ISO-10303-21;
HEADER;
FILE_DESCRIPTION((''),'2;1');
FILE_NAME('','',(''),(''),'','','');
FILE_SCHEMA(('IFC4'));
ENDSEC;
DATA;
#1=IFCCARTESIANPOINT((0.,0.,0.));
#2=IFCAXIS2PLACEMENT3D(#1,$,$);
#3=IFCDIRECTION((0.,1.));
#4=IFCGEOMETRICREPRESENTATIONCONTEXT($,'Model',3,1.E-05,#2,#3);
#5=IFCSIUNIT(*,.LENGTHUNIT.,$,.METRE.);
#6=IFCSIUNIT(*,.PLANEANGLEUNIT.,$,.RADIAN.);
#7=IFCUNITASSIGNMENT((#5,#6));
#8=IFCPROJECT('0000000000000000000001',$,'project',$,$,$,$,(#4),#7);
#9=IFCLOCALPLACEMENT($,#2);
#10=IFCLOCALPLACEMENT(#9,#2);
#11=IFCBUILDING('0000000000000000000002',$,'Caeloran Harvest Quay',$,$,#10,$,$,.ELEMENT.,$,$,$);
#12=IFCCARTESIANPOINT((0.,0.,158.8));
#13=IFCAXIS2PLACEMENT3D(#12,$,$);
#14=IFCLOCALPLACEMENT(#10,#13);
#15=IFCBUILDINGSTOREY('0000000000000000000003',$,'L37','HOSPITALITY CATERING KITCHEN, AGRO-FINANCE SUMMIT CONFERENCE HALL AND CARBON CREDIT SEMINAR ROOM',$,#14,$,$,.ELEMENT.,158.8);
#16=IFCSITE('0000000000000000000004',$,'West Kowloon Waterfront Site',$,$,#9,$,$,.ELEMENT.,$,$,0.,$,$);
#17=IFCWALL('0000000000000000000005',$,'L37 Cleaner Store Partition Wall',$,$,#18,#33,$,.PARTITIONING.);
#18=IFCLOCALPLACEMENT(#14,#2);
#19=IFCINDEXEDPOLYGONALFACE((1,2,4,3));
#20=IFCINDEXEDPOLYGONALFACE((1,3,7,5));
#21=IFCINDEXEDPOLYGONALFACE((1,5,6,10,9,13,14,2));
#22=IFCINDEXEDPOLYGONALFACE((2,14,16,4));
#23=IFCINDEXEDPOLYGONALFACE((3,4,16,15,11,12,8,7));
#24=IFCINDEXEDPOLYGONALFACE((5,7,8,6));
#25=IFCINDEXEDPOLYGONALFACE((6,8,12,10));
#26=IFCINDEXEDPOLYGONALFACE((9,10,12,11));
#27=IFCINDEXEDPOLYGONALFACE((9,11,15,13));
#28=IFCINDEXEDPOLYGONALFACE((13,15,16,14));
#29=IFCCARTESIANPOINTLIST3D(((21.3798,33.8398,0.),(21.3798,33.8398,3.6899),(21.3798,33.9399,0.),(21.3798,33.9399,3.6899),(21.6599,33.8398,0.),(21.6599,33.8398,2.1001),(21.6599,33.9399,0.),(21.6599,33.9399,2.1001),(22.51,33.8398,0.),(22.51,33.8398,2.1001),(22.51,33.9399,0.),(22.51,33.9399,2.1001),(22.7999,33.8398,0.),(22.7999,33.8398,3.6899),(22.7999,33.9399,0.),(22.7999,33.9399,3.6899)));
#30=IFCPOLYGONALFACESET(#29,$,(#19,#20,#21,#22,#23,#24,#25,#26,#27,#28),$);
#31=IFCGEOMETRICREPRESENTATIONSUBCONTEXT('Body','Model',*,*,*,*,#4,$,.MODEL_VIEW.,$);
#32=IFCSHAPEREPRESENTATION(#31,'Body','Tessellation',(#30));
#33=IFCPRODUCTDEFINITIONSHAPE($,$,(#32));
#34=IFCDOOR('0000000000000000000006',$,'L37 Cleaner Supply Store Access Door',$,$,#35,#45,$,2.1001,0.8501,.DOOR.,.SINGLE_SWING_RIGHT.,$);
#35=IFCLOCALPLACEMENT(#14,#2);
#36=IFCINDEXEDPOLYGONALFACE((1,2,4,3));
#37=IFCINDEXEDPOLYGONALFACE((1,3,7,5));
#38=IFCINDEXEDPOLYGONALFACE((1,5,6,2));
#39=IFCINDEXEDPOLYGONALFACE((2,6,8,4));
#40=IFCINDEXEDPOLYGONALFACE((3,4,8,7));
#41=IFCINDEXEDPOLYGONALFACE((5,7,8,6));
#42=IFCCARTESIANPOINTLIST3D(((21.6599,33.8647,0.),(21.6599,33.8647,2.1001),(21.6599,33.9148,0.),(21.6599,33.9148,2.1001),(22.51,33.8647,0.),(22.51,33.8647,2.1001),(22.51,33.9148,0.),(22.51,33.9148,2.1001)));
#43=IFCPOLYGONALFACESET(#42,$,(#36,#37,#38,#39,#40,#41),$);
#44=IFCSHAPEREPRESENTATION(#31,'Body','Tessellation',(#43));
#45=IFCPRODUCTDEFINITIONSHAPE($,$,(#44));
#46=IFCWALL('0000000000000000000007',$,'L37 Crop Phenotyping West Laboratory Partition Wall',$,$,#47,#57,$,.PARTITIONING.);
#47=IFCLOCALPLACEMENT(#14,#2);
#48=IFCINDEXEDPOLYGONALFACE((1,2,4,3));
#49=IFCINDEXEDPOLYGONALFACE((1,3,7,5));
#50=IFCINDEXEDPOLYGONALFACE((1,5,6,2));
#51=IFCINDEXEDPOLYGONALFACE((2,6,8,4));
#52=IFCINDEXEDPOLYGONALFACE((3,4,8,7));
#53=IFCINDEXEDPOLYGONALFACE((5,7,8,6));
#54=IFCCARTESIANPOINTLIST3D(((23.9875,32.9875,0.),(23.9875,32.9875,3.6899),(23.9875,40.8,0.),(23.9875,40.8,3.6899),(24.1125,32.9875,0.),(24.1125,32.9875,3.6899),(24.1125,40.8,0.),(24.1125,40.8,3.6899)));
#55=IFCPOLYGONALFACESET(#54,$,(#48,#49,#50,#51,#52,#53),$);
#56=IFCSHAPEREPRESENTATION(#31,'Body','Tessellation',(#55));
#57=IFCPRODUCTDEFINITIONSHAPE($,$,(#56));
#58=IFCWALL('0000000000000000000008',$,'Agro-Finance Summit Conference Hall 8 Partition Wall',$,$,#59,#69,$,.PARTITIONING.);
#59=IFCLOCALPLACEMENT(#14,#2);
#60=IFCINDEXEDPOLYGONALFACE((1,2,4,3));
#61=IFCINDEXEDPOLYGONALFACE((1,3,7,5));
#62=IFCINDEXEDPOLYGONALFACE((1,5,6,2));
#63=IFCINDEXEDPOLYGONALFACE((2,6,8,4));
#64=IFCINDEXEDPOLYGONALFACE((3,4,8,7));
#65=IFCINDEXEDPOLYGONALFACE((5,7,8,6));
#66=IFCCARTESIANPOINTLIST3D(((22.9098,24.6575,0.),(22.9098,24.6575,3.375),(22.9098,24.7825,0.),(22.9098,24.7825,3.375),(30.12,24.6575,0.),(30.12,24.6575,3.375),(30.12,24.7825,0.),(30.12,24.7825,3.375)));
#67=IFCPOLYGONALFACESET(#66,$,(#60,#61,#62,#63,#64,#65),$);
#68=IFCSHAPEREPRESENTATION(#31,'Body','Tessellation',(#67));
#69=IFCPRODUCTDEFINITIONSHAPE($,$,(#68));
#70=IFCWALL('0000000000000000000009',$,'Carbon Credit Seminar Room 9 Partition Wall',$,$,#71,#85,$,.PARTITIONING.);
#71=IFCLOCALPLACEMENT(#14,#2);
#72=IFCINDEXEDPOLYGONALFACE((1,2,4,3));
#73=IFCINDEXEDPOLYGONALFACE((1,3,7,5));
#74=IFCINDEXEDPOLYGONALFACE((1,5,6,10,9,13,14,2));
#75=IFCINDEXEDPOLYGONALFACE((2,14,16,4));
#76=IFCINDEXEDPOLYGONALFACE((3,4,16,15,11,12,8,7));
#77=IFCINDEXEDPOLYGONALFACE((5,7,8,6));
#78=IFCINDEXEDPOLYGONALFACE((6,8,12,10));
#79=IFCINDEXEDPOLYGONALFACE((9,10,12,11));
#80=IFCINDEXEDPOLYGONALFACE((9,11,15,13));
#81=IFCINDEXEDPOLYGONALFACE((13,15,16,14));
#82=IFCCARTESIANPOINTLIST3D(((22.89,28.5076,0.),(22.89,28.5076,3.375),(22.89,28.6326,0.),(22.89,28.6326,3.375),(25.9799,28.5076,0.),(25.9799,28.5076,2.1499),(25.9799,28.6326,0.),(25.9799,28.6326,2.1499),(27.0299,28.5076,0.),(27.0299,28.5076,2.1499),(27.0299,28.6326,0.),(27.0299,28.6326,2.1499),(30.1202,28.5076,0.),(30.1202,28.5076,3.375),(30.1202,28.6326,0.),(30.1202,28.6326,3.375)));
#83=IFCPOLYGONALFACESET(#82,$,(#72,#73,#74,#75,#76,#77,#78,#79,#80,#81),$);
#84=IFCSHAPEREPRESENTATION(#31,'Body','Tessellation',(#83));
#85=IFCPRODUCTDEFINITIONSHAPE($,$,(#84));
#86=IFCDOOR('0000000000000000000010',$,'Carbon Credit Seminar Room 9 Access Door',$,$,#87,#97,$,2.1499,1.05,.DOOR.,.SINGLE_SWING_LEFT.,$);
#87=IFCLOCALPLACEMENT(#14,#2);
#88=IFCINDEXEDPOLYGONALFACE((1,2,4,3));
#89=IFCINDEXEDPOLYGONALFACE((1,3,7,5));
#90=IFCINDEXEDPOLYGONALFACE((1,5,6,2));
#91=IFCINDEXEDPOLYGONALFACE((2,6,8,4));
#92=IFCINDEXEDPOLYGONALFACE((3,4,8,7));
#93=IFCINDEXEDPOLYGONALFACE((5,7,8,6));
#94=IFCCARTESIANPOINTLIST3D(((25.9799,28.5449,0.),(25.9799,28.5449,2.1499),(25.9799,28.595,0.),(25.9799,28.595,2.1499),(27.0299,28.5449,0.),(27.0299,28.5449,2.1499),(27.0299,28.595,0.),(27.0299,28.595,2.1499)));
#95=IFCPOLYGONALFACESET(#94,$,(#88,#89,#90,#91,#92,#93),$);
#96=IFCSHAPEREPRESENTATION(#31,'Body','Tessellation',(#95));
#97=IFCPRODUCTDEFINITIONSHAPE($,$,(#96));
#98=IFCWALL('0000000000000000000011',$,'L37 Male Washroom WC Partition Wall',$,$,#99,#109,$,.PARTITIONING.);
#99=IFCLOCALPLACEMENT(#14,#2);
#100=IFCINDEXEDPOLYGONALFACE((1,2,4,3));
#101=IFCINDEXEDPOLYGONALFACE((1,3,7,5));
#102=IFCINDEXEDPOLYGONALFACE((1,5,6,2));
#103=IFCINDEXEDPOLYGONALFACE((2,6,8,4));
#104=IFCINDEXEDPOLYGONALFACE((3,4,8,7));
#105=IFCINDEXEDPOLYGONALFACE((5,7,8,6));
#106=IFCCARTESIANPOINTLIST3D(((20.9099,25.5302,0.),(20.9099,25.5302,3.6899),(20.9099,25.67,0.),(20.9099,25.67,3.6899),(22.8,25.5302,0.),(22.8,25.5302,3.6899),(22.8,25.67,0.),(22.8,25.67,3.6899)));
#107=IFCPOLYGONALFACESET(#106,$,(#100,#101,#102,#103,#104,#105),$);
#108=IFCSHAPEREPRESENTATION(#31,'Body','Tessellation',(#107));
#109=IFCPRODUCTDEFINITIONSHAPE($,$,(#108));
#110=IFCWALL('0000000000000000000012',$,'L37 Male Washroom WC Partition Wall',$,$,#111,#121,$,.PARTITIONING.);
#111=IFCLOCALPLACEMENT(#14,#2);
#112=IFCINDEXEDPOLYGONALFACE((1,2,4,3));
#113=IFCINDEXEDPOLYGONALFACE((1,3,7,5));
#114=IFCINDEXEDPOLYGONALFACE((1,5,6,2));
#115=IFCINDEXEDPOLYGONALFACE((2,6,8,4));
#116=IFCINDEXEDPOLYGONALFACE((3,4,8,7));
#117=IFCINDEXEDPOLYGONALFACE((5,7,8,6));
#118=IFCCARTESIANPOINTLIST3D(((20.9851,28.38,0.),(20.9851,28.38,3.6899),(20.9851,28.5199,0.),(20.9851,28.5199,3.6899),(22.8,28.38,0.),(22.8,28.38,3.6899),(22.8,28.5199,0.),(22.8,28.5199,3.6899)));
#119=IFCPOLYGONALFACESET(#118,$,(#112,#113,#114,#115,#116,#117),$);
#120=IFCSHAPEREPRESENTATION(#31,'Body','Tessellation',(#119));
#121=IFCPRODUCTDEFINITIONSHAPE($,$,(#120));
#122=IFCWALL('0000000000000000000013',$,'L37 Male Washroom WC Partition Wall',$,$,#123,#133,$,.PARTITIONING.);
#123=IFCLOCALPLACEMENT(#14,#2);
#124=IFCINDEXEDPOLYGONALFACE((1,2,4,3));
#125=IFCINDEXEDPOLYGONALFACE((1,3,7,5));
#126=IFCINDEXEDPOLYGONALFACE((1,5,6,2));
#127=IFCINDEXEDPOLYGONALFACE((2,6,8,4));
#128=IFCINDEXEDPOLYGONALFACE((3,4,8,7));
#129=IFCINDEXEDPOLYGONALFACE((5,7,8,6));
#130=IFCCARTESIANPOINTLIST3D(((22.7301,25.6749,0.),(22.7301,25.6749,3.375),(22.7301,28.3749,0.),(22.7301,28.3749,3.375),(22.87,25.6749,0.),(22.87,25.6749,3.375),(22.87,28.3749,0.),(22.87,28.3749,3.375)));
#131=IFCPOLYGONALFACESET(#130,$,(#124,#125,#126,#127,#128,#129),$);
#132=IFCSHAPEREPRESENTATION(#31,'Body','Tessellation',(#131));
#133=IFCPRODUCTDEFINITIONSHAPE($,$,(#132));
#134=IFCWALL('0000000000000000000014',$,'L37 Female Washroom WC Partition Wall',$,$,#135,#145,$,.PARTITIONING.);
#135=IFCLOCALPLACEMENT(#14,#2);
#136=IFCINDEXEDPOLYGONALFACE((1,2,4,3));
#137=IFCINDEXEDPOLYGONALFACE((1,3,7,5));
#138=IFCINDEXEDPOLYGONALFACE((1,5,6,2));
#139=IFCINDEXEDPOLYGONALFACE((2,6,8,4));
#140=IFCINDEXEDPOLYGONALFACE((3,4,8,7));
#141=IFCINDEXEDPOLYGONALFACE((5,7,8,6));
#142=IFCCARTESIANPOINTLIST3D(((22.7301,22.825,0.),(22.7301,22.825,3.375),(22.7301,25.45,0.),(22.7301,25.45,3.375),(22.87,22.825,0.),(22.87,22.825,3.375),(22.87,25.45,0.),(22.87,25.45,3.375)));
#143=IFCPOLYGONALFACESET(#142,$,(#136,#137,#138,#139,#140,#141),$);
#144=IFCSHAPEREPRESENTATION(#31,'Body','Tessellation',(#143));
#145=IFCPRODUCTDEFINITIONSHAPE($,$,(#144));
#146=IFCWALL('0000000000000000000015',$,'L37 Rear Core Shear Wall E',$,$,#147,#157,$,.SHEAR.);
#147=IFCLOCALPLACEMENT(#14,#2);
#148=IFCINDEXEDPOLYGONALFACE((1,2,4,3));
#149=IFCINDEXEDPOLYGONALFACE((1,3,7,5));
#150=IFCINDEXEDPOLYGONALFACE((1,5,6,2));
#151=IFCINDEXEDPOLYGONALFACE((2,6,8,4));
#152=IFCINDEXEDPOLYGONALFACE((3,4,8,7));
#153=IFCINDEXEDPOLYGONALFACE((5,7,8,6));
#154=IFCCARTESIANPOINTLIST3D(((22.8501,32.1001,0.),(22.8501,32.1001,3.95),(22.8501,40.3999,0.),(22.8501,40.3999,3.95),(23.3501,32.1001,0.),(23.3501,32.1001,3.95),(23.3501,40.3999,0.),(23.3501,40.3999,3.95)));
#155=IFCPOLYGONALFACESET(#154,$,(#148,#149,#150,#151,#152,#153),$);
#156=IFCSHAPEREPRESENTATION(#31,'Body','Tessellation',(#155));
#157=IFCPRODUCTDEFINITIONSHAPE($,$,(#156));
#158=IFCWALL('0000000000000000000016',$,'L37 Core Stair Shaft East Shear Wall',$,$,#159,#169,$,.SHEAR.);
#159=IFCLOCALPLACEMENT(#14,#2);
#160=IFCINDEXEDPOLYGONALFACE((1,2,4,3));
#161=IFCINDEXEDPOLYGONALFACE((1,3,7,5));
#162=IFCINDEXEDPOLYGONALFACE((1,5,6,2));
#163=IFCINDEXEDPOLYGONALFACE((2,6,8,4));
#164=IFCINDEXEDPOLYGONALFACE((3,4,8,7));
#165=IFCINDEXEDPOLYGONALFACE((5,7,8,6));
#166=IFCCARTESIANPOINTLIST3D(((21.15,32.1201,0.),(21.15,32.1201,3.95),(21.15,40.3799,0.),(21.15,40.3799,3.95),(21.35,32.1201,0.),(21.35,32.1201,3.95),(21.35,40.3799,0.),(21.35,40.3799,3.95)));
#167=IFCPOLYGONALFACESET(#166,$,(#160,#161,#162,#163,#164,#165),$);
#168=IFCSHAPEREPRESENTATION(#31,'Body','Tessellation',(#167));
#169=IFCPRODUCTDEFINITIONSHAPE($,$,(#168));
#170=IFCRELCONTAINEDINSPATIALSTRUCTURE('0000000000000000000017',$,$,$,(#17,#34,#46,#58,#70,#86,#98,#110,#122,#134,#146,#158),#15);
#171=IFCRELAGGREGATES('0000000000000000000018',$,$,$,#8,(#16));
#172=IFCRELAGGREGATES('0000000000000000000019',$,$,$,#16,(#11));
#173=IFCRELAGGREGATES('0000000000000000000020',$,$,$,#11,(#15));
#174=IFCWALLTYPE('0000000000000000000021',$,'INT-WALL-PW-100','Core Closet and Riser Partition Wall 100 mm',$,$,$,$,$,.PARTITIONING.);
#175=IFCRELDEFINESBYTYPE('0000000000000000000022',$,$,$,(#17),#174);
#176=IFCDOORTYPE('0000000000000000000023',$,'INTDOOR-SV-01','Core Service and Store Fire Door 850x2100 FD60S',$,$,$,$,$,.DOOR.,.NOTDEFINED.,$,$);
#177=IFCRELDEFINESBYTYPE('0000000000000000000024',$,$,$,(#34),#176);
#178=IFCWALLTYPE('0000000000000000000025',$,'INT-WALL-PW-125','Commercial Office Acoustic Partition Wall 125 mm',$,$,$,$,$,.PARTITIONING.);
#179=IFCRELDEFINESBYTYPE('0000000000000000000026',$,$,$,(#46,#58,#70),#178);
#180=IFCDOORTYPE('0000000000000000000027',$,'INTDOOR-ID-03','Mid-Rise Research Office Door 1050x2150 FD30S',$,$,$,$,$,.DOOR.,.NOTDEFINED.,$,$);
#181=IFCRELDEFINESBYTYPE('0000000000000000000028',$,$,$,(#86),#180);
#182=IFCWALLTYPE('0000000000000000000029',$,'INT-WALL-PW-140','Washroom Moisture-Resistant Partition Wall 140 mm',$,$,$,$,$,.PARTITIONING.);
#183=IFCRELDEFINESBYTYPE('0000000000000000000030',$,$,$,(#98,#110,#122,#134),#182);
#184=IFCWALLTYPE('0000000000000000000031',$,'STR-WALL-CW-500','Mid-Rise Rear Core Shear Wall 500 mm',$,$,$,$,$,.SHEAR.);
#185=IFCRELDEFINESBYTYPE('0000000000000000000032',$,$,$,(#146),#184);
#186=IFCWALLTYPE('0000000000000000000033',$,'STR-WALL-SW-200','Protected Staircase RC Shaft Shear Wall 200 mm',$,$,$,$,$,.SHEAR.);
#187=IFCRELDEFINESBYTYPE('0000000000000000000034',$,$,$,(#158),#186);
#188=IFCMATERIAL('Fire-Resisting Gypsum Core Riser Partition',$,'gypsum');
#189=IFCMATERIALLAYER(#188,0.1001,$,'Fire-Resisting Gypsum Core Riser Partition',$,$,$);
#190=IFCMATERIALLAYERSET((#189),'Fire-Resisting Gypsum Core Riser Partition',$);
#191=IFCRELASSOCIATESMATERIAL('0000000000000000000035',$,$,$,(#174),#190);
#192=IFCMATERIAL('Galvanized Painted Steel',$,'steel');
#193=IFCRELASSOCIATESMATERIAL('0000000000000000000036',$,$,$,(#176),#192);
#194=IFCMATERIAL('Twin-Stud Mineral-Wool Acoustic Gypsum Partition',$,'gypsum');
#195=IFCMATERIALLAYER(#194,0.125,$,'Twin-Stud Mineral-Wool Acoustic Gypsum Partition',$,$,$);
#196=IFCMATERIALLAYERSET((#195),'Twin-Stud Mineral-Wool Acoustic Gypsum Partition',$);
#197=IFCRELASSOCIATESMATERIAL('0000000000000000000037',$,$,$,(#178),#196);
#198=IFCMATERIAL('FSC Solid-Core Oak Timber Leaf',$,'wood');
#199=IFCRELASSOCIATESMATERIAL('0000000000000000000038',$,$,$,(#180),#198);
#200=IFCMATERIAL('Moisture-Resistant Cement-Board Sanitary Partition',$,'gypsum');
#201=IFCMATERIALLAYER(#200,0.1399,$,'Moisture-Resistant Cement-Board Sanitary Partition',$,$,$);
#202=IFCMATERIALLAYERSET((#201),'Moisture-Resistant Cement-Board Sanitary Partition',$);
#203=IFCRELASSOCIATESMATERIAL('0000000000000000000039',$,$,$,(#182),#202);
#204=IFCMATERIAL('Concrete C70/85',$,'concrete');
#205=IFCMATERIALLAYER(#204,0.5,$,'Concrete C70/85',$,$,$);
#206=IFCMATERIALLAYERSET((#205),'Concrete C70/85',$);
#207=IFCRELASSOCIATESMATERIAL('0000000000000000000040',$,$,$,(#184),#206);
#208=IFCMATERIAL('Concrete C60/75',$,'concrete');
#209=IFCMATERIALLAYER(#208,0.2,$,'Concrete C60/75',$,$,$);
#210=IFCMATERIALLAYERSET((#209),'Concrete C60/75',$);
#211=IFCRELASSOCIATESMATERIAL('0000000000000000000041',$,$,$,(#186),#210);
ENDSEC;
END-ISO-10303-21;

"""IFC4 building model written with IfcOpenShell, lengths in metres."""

from ifc_helpers import new_model, si_unit, direction, frame, frame_2d, origin, place, context, subcontext, project, spatial, rectangle, extrude, material, layer, layer_set, type_object, element, fill, save


model = new_model("IFC4")

# Units and contexts
model_context = context("Model", 3, precision=1e-05, world=origin(), true_north=direction((0.0, 1.0)))
body_context = subcontext(model_context, "Body", "Model", "MODEL_VIEW")
ifc_project = project(units=[si_unit("LENGTHUNIT", "METRE"), si_unit("PLANEANGLEUNIT", "RADIAN")], contexts=[model_context])

# Site, building, storey
site_placement = place(None, origin())
site = spatial("IfcSite", under=ifc_project, at=site_placement, Name="West Kowloon Waterfront Site", CompositionType="ELEMENT", RefElevation=0.0)
building_placement = place(site_placement, origin())
building = spatial("IfcBuilding", under=site, at=building_placement, Name="Caeloran Harvest Quay", CompositionType="ELEMENT")
storey_placement = place(building_placement, frame((0.0, 0.0, 158.8)))
storey = spatial("IfcBuildingStorey", under=building, at=storey_placement, Name="L37", Description="HOSPITALITY CATERING KITCHEN, AGRO-FINANCE SUMMIT CONFERENCE HALL AND CARBON CREDIT SEMINAR ROOM", CompositionType="ELEMENT", Elevation=158.8)

# Wall, opening, door
ifc_material_1 = material(Name="Fire-Resisting Gypsum Core Riser Partition", Category="gypsum")
ifc_layer_1 = layer(ifc_material_1, 0.1001, Name="Fire-Resisting Gypsum Core Riser Partition")
ifc_layer_set_1 = layer_set([ifc_layer_1], Name="Fire-Resisting Gypsum Core Riser Partition")
wall_type_1 = type_object("IfcWallType", Name="INT-WALL-PW-100", Description="Core Closet and Riser Partition Wall 100 mm", PredefinedType="PARTITIONING", material=ifc_layer_set_1)
wall_1_placement = place(storey_placement, frame((21.3799, 33.8899, 0.0), z_axis=(0.0, 0.0, 1.0), x_axis=(1.0, 0.0, 0.0)))
wall_1 = element("IfcWall", 1, at=wall_1_placement, inside=storey, type_object=wall_type_1, Name="L37 Cleaner Store Partition Wall", PredefinedType="PARTITIONING", context=body_context, shape_type="SweptSolid", body=[
    extrude(rectangle(XDim=1.4202, YDim=0.1001, at=frame_2d((0.71, 0.0))), origin(), (0.0, 0.0, 1.0), 3.6899),
])
opening_1_placement = place(wall_1_placement, frame((0.28, 0.0, 0.0)))
opening_1 = element("IfcOpeningElement", 2, at=opening_1_placement, cuts=wall_1, PredefinedType="OPENING", context=body_context, shape_type="SweptSolid", body=[
    extrude(rectangle(XDim=0.8501, YDim=2.1001, at=frame_2d((0.425, 1.05))), frame((0.0, 0.0601, 0.0), z_axis=(0.0, -1.0, 0.0), x_axis=(1.0, 0.0, 0.0)), (0.0, 0.0, 1.0), 0.1201),
])
ifc_material_2 = material(Name="Galvanized Painted Steel", Category="steel")
door_type_1 = type_object("IfcDoorType", Name="INTDOOR-SV-01", Description="Core Service and Store Fire Door 850x2100 FD60S", OperationType="NOTDEFINED", PredefinedType="DOOR", material=ifc_material_2)
door_1_placement = place(opening_1_placement, origin())
door_1 = element("IfcDoor", 3, at=door_1_placement, inside=storey, type_object=door_type_1, Name="L37 Cleaner Supply Store Access Door", OperationType="SINGLE_SWING_RIGHT", OverallHeight=2.1001, OverallWidth=0.8501, PredefinedType="DOOR", context=body_context, shape_type="SweptSolid", body=[
    extrude(rectangle(XDim=0.8501, YDim=2.1001, at=frame_2d((0.425, 1.05))), frame((0.0, 0.0249, 0.0), z_axis=(0.0, -1.0, 0.0), x_axis=(1.0, 0.0, 0.0)), (0.0, 0.0, 1.0), 0.05),
])
fill(opening_1, door_1)

# Walls
ifc_material_3 = material(Name="Twin-Stud Mineral-Wool Acoustic Gypsum Partition", Category="gypsum")
ifc_layer_2 = layer(ifc_material_3, 0.125, Name="Twin-Stud Mineral-Wool Acoustic Gypsum Partition")
ifc_layer_set_2 = layer_set([ifc_layer_2], Name="Twin-Stud Mineral-Wool Acoustic Gypsum Partition")
wall_type_2 = type_object("IfcWallType", Name="INT-WALL-PW-125", Description="Commercial Office Acoustic Partition Wall 125 mm", PredefinedType="PARTITIONING", material=ifc_layer_set_2)
wall_2_placement = place(storey_placement, frame((24.05, 32.9875, 0.0), z_axis=(0.0, 0.0, 1.0), x_axis=(0.0, 1.0, 0.0)))
element("IfcWall", 4, at=wall_2_placement, inside=storey, type_object=wall_type_2, Name="L37 Crop Phenotyping West Laboratory Partition Wall", PredefinedType="PARTITIONING", context=body_context, shape_type="SweptSolid", body=[
    extrude(rectangle(XDim=7.8125, YDim=0.125, at=frame_2d((3.9062, 0.0))), origin(), (0.0, 0.0, 1.0), 3.6899),
])
wall_3_placement = place(storey_placement, frame((22.9099, 24.72, 0.0), z_axis=(0.0, 0.0, 1.0), x_axis=(1.0, 0.0, 0.0)))
element("IfcWall", 5, at=wall_3_placement, inside=storey, type_object=wall_type_2, Name="Agro-Finance Summit Conference Hall 8 Partition Wall", PredefinedType="PARTITIONING", context=body_context, shape_type="SweptSolid", body=[
    extrude(rectangle(XDim=7.2102, YDim=0.125, at=frame_2d((3.605, 0.0))), origin(), (0.0, 0.0, 1.0), 3.375),
])

# Wall, opening, door
wall_4_placement = place(storey_placement, frame((22.8899, 28.5701, 0.0), z_axis=(0.0, 0.0, 1.0), x_axis=(1.0, 0.0, 0.0)))
wall_4 = element("IfcWall", 6, at=wall_4_placement, inside=storey, type_object=wall_type_2, Name="Carbon Credit Seminar Room 9 Partition Wall", PredefinedType="PARTITIONING", context=body_context, shape_type="SweptSolid", body=[
    extrude(rectangle(XDim=7.2302, YDim=0.125, at=frame_2d((3.6152, 0.0))), origin(), (0.0, 0.0, 1.0), 3.375),
])
opening_2_placement = place(wall_4_placement, frame((3.0901, 0.0, 0.0)))
opening_2 = element("IfcOpeningElement", 7, at=opening_2_placement, cuts=wall_4, PredefinedType="OPENING", context=body_context, shape_type="SweptSolid", body=[
    extrude(rectangle(XDim=1.05, YDim=2.1499, at=frame_2d((0.5249, 1.075))), frame((0.0, 0.0725, 0.0), z_axis=(0.0, -1.0, 0.0), x_axis=(1.0, 0.0, 0.0)), (0.0, 0.0, 1.0), 0.145),
])
ifc_material_4 = material(Name="FSC Solid-Core Oak Timber Leaf", Category="wood")
door_type_2 = type_object("IfcDoorType", Name="INTDOOR-ID-03", Description="Mid-Rise Research Office Door 1050x2150 FD30S", OperationType="NOTDEFINED", PredefinedType="DOOR", material=ifc_material_4)
door_2_placement = place(opening_2_placement, origin())
door_2 = element("IfcDoor", 8, at=door_2_placement, inside=storey, type_object=door_type_2, Name="Carbon Credit Seminar Room 9 Access Door", OperationType="SINGLE_SWING_LEFT", OverallHeight=2.1499, OverallWidth=1.05, PredefinedType="DOOR", context=body_context, shape_type="SweptSolid", body=[
    extrude(rectangle(XDim=1.05, YDim=2.1499, at=frame_2d((0.5249, 1.075))), frame((0.0, 0.0249, 0.0), z_axis=(0.0, -1.0, 0.0), x_axis=(1.0, 0.0, 0.0)), (0.0, 0.0, 1.0), 0.05),
])
fill(opening_2, door_2)

# Wall
ifc_material_5 = material(Name="Moisture-Resistant Cement-Board Sanitary Partition", Category="gypsum")
ifc_layer_3 = layer(ifc_material_5, 0.1399, Name="Moisture-Resistant Cement-Board Sanitary Partition")
ifc_layer_set_3 = layer_set([ifc_layer_3], Name="Moisture-Resistant Cement-Board Sanitary Partition")
wall_type_3 = type_object("IfcWallType", Name="INT-WALL-PW-140", Description="Washroom Moisture-Resistant Partition Wall 140 mm", PredefinedType="PARTITIONING", material=ifc_layer_set_3)
wall_5_placement = place(storey_placement, frame((22.8, 25.6001, 0.0), z_axis=(0.0, 0.0, 1.0), x_axis=(-1.0, 0.0, 0.0)))
element("IfcWall", 9, at=wall_5_placement, inside=storey, type_object=wall_type_3, Name="L37 Male Washroom WC Partition Wall", PredefinedType="PARTITIONING", context=body_context, shape_type="SweptSolid", body=[
    extrude(rectangle(XDim=1.8901, YDim=0.1399, at=frame_2d((0.9451, 0.0))), origin(), (0.0, 0.0, 1.0), 3.6899),
])

# Walls
wall_6_placement = place(storey_placement, frame((20.9851, 28.45, 0.0), z_axis=(0.0, 0.0, 1.0), x_axis=(1.0, 0.0, 0.0)))
element("IfcWall", 10, at=wall_6_placement, inside=storey, type_object=wall_type_3, Name="L37 Male Washroom WC Partition Wall", PredefinedType="PARTITIONING", context=body_context, shape_type="SweptSolid", body=[
    extrude(rectangle(XDim=1.8149, YDim=0.1399, at=frame_2d((0.9075, 0.0))), origin(), (0.0, 0.0, 1.0), 3.6899),
])
wall_7_placement = place(storey_placement, frame((22.8, 28.375, 0.0), z_axis=(0.0, 0.0, 1.0), x_axis=(0.0, -1.0, 0.0)))
element("IfcWall", 11, at=wall_7_placement, inside=storey, type_object=wall_type_3, Name="L37 Male Washroom WC Partition Wall", PredefinedType="PARTITIONING", context=body_context, shape_type="SweptSolid", body=[
    extrude(rectangle(XDim=2.7, YDim=0.1399, at=frame_2d((1.3501, 0.0))), origin(), (0.0, 0.0, 1.0), 3.375),
])

# Walls
wall_8_placement = place(storey_placement, frame((22.8, 25.45, 0.0), z_axis=(0.0, 0.0, 1.0), x_axis=(0.0, -1.0, 0.0)))
element("IfcWall", 12, at=wall_8_placement, inside=storey, type_object=wall_type_3, Name="L37 Female Washroom WC Partition Wall", PredefinedType="PARTITIONING", context=body_context, shape_type="SweptSolid", body=[
    extrude(rectangle(XDim=2.625, YDim=0.1399, at=frame_2d((1.3125, 0.0))), origin(), (0.0, 0.0, 1.0), 3.375),
])
ifc_material_6 = material(Name="Concrete C70/85", Category="concrete")
ifc_layer_4 = layer(ifc_material_6, 0.5, Name="Concrete C70/85")
ifc_layer_set_4 = layer_set([ifc_layer_4], Name="Concrete C70/85")
wall_type_4 = type_object("IfcWallType", Name="STR-WALL-CW-500", Description="Mid-Rise Rear Core Shear Wall 500 mm", PredefinedType="SHEAR", material=ifc_layer_set_4)
wall_9_placement = place(storey_placement, frame((23.1001, 32.1001, 0.0), z_axis=(0.0, 0.0, 1.0), x_axis=(0.0, 1.0, 0.0)))
element("IfcWall", 13, at=wall_9_placement, inside=storey, type_object=wall_type_4, Name="L37 Rear Core Shear Wall E", PredefinedType="SHEAR", context=body_context, shape_type="SweptSolid", body=[
    extrude(rectangle(XDim=8.2998, YDim=0.5, at=frame_2d((4.1499, 0.0))), origin(), (0.0, 0.0, 1.0), 3.95),
])
ifc_material_7 = material(Name="Concrete C60/75", Category="concrete")
ifc_layer_5 = layer(ifc_material_7, 0.2, Name="Concrete C60/75")
ifc_layer_set_5 = layer_set([ifc_layer_5], Name="Concrete C60/75")
wall_type_5 = type_object("IfcWallType", Name="STR-WALL-SW-200", Description="Protected Staircase RC Shaft Shear Wall 200 mm", PredefinedType="SHEAR", material=ifc_layer_set_5)
wall_10_placement = place(storey_placement, frame((21.25, 32.1201, 0.0), z_axis=(0.0, 0.0, 1.0), x_axis=(0.0, 1.0, 0.0)))
element("IfcWall", 14, at=wall_10_placement, inside=storey, type_object=wall_type_5, Name="L37 Core Stair Shaft East Shear Wall", PredefinedType="SHEAR", context=body_context, shape_type="SweptSolid", body=[
    extrude(rectangle(XDim=8.2598, YDim=0.2, at=frame_2d((4.1299, 0.0))), origin(), (0.0, 0.0, 1.0), 3.95),
])

save(model, "model.ifc")
